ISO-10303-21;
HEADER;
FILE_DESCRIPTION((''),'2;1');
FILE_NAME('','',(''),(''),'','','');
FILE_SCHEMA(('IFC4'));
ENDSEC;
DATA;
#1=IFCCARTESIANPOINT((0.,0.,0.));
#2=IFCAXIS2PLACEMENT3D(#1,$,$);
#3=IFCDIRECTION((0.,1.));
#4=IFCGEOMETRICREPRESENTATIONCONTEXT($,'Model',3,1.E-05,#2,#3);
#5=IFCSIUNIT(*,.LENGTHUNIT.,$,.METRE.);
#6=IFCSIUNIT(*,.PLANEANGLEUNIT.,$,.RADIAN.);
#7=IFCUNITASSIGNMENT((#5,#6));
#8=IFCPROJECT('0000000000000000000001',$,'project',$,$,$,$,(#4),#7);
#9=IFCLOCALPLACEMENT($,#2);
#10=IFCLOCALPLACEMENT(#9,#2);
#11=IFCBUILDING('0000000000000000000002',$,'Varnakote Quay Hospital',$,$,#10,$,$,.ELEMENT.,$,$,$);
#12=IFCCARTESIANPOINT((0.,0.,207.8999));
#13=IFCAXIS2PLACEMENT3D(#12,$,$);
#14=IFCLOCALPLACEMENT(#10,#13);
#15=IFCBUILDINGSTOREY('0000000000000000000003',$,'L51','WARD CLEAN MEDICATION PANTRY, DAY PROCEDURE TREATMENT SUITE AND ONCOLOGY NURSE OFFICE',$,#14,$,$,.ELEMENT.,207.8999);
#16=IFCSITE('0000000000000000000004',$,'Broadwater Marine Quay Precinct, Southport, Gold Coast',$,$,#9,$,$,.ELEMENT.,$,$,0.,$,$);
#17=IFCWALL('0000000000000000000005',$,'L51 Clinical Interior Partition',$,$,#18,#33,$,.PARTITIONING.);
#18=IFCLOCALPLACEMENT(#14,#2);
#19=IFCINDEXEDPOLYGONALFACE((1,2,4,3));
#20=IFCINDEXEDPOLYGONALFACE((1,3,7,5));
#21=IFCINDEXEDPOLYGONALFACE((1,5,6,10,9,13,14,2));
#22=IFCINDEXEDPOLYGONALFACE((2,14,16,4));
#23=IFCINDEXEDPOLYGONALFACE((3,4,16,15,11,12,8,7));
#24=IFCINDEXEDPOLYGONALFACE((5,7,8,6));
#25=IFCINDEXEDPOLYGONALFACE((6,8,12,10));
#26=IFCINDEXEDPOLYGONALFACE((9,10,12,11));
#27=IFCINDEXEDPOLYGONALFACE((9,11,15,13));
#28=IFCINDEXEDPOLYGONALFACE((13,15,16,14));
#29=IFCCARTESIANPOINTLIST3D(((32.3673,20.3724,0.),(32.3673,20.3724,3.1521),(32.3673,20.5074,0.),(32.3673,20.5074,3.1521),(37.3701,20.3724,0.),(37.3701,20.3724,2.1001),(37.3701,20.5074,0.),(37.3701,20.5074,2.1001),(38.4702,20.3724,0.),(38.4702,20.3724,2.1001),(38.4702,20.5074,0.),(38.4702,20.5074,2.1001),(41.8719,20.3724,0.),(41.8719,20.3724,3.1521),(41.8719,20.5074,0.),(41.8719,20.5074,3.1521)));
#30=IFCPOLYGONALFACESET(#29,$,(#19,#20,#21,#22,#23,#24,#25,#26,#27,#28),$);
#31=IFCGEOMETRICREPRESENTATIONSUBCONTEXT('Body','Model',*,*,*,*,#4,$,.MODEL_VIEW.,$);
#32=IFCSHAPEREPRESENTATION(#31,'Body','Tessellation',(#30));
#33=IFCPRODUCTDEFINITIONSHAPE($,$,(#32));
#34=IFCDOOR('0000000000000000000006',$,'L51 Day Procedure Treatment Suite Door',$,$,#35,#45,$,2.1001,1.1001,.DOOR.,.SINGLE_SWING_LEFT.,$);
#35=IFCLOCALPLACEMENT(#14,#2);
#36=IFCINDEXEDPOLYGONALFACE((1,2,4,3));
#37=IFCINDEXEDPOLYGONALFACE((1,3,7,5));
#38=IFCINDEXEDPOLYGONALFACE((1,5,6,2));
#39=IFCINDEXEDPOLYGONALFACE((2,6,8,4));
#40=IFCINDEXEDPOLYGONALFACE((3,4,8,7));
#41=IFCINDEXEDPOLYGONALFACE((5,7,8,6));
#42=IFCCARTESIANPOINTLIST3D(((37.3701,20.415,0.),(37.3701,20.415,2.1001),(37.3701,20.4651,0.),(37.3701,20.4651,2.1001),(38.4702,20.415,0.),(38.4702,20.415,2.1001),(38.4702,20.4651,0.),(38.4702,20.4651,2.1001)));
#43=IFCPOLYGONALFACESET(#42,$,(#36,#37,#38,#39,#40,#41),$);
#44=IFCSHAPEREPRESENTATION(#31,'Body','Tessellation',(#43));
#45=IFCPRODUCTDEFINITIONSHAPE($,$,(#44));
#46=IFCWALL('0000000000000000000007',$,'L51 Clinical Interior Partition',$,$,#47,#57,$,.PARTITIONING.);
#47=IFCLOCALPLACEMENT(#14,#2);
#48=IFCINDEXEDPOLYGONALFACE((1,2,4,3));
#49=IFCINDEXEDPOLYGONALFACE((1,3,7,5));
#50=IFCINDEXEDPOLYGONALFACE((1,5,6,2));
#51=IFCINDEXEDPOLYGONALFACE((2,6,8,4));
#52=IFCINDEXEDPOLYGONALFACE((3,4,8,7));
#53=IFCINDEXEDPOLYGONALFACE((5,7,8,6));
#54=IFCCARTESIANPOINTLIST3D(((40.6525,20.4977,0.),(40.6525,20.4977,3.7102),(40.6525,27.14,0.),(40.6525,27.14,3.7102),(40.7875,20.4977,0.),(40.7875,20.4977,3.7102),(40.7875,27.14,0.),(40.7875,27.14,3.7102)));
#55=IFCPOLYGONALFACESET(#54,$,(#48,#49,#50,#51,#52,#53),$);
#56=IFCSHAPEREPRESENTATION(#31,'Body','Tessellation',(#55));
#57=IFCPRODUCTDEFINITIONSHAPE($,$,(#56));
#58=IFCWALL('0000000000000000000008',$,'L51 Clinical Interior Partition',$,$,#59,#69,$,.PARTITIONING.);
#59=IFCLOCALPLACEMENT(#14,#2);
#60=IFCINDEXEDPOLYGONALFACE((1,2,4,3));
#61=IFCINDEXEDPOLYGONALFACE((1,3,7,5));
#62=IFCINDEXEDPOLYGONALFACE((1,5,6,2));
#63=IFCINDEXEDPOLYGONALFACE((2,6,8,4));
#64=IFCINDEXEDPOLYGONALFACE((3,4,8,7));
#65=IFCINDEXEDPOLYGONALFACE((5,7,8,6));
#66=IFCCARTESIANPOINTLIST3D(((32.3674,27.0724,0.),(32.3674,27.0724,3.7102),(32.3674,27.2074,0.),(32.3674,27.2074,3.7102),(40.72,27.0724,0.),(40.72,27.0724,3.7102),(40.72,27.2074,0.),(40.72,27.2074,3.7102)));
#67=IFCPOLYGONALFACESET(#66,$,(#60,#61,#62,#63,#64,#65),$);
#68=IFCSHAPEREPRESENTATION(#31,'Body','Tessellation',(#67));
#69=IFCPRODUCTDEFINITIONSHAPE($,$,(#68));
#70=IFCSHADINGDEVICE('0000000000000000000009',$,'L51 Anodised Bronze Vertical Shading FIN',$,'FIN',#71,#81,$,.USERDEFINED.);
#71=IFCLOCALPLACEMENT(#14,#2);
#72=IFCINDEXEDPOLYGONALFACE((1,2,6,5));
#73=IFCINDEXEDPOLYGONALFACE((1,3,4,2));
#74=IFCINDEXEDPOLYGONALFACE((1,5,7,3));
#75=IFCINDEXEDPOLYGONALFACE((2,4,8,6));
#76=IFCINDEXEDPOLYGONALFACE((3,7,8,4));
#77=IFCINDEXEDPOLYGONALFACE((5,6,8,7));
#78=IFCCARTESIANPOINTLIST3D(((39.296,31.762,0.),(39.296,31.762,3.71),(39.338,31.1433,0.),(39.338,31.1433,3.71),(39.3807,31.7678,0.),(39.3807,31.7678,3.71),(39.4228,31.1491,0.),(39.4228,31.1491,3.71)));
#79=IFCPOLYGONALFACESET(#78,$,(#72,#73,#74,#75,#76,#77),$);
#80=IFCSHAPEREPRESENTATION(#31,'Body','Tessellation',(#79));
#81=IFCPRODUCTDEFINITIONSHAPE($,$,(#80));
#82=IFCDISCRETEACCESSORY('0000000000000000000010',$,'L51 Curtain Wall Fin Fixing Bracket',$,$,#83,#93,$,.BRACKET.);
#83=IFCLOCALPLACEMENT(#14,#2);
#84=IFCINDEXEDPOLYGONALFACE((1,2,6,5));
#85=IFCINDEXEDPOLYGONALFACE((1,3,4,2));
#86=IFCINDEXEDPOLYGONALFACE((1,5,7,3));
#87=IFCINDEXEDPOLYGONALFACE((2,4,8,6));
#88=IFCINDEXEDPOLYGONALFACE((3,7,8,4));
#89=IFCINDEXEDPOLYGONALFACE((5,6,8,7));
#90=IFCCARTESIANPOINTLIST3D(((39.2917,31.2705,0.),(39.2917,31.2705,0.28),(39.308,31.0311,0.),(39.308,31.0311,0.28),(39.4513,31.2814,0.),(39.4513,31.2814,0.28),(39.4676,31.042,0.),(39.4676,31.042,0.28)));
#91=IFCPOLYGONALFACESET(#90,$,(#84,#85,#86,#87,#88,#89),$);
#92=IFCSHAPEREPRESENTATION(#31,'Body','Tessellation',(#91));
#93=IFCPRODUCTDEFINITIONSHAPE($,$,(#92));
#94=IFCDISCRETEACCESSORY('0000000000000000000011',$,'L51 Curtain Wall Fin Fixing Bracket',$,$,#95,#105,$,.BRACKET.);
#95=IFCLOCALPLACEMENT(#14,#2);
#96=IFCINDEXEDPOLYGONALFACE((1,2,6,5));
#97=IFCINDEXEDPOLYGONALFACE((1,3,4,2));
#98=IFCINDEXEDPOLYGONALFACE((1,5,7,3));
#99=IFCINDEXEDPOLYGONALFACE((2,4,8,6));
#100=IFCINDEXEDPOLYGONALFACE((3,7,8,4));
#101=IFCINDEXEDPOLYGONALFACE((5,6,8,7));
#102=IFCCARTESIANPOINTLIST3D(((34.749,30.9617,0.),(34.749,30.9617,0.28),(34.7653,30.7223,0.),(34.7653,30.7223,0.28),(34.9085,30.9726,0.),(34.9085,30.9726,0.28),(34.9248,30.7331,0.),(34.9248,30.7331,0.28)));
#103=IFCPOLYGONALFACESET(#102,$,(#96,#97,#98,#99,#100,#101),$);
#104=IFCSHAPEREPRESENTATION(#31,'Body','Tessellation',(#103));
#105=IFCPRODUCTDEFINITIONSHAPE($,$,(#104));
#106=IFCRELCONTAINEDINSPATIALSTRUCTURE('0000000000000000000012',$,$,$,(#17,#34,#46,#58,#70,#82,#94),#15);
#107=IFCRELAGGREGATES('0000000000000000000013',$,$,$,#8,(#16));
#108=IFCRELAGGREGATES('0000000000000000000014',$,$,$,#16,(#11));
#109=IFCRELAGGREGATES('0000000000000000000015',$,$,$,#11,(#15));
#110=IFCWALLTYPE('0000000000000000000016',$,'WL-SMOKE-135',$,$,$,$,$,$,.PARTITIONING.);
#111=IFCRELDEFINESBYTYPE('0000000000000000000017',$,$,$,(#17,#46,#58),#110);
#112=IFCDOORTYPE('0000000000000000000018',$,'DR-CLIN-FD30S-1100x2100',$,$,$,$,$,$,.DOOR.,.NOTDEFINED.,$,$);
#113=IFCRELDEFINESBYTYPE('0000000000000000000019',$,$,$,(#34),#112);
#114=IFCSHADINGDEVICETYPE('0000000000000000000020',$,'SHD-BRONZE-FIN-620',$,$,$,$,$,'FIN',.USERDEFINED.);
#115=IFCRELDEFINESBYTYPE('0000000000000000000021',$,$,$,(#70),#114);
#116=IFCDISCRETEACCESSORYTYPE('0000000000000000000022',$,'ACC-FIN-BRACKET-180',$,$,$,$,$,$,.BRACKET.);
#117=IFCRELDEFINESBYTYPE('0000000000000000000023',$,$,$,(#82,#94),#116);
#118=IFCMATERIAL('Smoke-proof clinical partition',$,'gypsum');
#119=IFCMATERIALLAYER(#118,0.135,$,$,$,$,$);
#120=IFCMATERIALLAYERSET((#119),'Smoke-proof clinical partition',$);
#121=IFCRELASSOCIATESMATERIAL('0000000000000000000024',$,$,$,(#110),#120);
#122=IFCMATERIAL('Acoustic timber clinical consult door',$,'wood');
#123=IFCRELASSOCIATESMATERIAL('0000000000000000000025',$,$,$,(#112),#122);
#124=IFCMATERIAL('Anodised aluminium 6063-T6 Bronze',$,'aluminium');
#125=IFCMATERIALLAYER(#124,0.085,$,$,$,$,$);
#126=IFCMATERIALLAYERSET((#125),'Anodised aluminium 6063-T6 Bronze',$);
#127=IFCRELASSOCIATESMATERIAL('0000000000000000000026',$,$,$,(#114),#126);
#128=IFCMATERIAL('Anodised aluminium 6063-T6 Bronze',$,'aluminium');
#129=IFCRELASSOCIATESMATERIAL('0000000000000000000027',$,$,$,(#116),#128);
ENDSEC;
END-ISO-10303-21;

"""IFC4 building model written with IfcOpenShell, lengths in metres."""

from ifc_helpers import new_model, si_unit, direction, frame, frame_2d, origin, origin_2d, place, context, subcontext, project, spatial, rectangle, extrude, material, layer, layer_set, type_object, element, fill, save


model = new_model("IFC4")

# Units and contexts
model_context = context("Model", 3, precision=1e-05, world=origin(), true_north=direction((0.0, 1.0)))
body_context = subcontext(model_context, "Body", "Model", "MODEL_VIEW")
ifc_project = project(units=[si_unit("LENGTHUNIT", "METRE"), si_unit("PLANEANGLEUNIT", "RADIAN")], contexts=[model_context])

# Site, building, storey
site_placement = place(None, origin())
site = spatial("IfcSite", under=ifc_project, at=site_placement, Name="Broadwater Marine Quay Precinct, Southport, Gold Coast", CompositionType="ELEMENT", RefElevation=0.0)
building_placement = place(site_placement, origin())
building = spatial("IfcBuilding", under=site, at=building_placement, Name="Varnakote Quay Hospital", CompositionType="ELEMENT")
storey_placement = place(building_placement, frame((0.0, 0.0, 207.8999)))
storey = spatial("IfcBuildingStorey", under=building, at=storey_placement, Name="L51", Description="WARD CLEAN MEDICATION PANTRY, DAY PROCEDURE TREATMENT SUITE AND ONCOLOGY NURSE OFFICE", CompositionType="ELEMENT", Elevation=207.8999)

# Wall, opening, door
ifc_material_1 = material(Name="Smoke-proof clinical partition", Category="gypsum")
ifc_layer_1 = layer(ifc_material_1, 0.135)
ifc_layer_set_1 = layer_set([ifc_layer_1], Name="Smoke-proof clinical partition")
wall_type = type_object("IfcWallType", Name="WL-SMOKE-135", PredefinedType="PARTITIONING", material=ifc_layer_set_1)
wall_1_placement = place(storey_placement, frame((41.8721, 20.4399, 0.0), z_axis=(0.0, 0.0, 1.0), x_axis=(-1.0, 0.0, 0.0)))
wall_1 = element("IfcWall", 1, at=wall_1_placement, inside=storey, type_object=wall_type, Name="L51 Clinical Interior Partition", PredefinedType="PARTITIONING", context=body_context, shape_type="SweptSolid", body=[
    extrude(rectangle(XDim=9.5046, YDim=0.135, at=frame_2d((4.7524, 0.0))), origin(), (0.0, 0.0, 1.0), 3.1521),
])
opening_placement = place(wall_1_placement, frame((3.4019, 0.0, 0.0)))
opening = element("IfcOpeningElement", 2, at=opening_placement, cuts=wall_1, PredefinedType="OPENING", context=body_context, shape_type="SweptSolid", body=[
    extrude(rectangle(XDim=1.1001, YDim=2.1001, at=frame_2d((0.55, 1.05))), frame((0.0, 0.0774, 0.0), z_axis=(0.0, -1.0, 0.0), x_axis=(1.0, 0.0, 0.0)), (0.0, 0.0, 1.0), 0.155),
])
ifc_material_2 = material(Name="Acoustic timber clinical consult door", Category="wood")
door_type = type_object("IfcDoorType", Name="DR-CLIN-FD30S-1100x2100", OperationType="NOTDEFINED", PredefinedType="DOOR", material=ifc_material_2)
door_placement = place(opening_placement, origin())
door = element("IfcDoor", 3, at=door_placement, inside=storey, type_object=door_type, Name="L51 Day Procedure Treatment Suite Door", OperationType="SINGLE_SWING_LEFT", OverallHeight=2.1001, OverallWidth=1.1001, PredefinedType="DOOR", context=body_context, shape_type="SweptSolid", body=[
    extrude(rectangle(XDim=1.1001, YDim=2.1001, at=frame_2d((0.55, 1.05))), frame((0.0, 0.0249, 0.0), z_axis=(0.0, -1.0, 0.0), x_axis=(1.0, 0.0, 0.0)), (0.0, 0.0, 1.0), 0.05),
])
fill(opening, door)

# Walls
wall_2_placement = place(storey_placement, frame((40.72, 20.4976, 0.0), z_axis=(0.0, 0.0, 1.0), x_axis=(0.0, 1.0, 0.0)))
element("IfcWall", 4, at=wall_2_placement, inside=storey, type_object=wall_type, Name="L51 Clinical Interior Partition", PredefinedType="PARTITIONING", context=body_context, shape_type="SweptSolid", body=[
    extrude(rectangle(XDim=6.6423, YDim=0.135, at=frame_2d((3.3213, 0.0))), origin(), (0.0, 0.0, 1.0), 3.7102),
])
wall_3_placement = place(storey_placement, frame((40.72, 27.1399, 0.0), z_axis=(0.0, 0.0, 1.0), x_axis=(-1.0, 0.0, 0.0)))
element("IfcWall", 5, at=wall_3_placement, inside=storey, type_object=wall_type, Name="L51 Clinical Interior Partition", PredefinedType="PARTITIONING", context=body_context, shape_type="SweptSolid", body=[
    extrude(rectangle(XDim=8.3525, YDim=0.135, at=frame_2d((4.1763, 0.0))), origin(), (0.0, 0.0, 1.0), 3.7102),
])

# Shading device
ifc_material_3 = material(Name="Anodised aluminium 6063-T6 Bronze", Category="aluminium")
ifc_layer_2 = layer(ifc_material_3, 0.085)
ifc_layer_set_2 = layer_set([ifc_layer_2], Name="Anodised aluminium 6063-T6 Bronze")
shading_device_type = type_object("IfcShadingDeviceType", Name="SHD-BRONZE-FIN-620", ElementType="FIN", PredefinedType="USERDEFINED", material=ifc_layer_set_2)
shading_device_placement = place(storey_placement, frame((39.3594, 31.4556, 0.0), z_axis=(0.0, 0.0, 1.0), x_axis=(0.067841, -0.997696, 0.0)))
element("IfcShadingDevice", 6, at=shading_device_placement, inside=storey, type_object=shading_device_type, Name="L51 Anodised Bronze Vertical Shading FIN", ObjectType="FIN", PredefinedType="USERDEFINED", context=body_context, shape_type="SweptSolid", body=[
    extrude(rectangle(XDim=0.6201, YDim=0.085, at=origin_2d()), origin(), (0.0, 0.0, 1.0), 3.71),
])

# Discrete accessories
ifc_material_4 = material(Name="Anodised aluminium 6063-T6 Bronze", Category="aluminium")
discrete_accessory_type = type_object("IfcDiscreteAccessoryType", Name="ACC-FIN-BRACKET-180", PredefinedType="BRACKET", material=ifc_material_4)
for number, where, z_axis, x_axis, name in (
    (7, (39.3796, 31.1562, 0.0), (0.0, 0.0, 1.0), (-0.997696, -0.067841, 0.0), "L51 Curtain Wall Fin Fixing Bracket"),
    (8, (34.8369, 30.8474, 0.0), (0.0, 0.0, 1.0), (-0.997696, -0.067841, 0.0), "L51 Curtain Wall Fin Fixing Bracket"),
):
    element("IfcDiscreteAccessory", number, at=place(storey_placement, frame(where, z_axis=z_axis, x_axis=x_axis)), inside=storey, type_object=discrete_accessory_type, Name=name, PredefinedType="BRACKET", context=body_context, shape_type="SweptSolid", body=[
        extrude(rectangle(XDim=0.1599, YDim=0.24, at=origin_2d()), origin(), (0.0, 0.0, 1.0), 0.28),
    ])

save(model, "model.ifc")
